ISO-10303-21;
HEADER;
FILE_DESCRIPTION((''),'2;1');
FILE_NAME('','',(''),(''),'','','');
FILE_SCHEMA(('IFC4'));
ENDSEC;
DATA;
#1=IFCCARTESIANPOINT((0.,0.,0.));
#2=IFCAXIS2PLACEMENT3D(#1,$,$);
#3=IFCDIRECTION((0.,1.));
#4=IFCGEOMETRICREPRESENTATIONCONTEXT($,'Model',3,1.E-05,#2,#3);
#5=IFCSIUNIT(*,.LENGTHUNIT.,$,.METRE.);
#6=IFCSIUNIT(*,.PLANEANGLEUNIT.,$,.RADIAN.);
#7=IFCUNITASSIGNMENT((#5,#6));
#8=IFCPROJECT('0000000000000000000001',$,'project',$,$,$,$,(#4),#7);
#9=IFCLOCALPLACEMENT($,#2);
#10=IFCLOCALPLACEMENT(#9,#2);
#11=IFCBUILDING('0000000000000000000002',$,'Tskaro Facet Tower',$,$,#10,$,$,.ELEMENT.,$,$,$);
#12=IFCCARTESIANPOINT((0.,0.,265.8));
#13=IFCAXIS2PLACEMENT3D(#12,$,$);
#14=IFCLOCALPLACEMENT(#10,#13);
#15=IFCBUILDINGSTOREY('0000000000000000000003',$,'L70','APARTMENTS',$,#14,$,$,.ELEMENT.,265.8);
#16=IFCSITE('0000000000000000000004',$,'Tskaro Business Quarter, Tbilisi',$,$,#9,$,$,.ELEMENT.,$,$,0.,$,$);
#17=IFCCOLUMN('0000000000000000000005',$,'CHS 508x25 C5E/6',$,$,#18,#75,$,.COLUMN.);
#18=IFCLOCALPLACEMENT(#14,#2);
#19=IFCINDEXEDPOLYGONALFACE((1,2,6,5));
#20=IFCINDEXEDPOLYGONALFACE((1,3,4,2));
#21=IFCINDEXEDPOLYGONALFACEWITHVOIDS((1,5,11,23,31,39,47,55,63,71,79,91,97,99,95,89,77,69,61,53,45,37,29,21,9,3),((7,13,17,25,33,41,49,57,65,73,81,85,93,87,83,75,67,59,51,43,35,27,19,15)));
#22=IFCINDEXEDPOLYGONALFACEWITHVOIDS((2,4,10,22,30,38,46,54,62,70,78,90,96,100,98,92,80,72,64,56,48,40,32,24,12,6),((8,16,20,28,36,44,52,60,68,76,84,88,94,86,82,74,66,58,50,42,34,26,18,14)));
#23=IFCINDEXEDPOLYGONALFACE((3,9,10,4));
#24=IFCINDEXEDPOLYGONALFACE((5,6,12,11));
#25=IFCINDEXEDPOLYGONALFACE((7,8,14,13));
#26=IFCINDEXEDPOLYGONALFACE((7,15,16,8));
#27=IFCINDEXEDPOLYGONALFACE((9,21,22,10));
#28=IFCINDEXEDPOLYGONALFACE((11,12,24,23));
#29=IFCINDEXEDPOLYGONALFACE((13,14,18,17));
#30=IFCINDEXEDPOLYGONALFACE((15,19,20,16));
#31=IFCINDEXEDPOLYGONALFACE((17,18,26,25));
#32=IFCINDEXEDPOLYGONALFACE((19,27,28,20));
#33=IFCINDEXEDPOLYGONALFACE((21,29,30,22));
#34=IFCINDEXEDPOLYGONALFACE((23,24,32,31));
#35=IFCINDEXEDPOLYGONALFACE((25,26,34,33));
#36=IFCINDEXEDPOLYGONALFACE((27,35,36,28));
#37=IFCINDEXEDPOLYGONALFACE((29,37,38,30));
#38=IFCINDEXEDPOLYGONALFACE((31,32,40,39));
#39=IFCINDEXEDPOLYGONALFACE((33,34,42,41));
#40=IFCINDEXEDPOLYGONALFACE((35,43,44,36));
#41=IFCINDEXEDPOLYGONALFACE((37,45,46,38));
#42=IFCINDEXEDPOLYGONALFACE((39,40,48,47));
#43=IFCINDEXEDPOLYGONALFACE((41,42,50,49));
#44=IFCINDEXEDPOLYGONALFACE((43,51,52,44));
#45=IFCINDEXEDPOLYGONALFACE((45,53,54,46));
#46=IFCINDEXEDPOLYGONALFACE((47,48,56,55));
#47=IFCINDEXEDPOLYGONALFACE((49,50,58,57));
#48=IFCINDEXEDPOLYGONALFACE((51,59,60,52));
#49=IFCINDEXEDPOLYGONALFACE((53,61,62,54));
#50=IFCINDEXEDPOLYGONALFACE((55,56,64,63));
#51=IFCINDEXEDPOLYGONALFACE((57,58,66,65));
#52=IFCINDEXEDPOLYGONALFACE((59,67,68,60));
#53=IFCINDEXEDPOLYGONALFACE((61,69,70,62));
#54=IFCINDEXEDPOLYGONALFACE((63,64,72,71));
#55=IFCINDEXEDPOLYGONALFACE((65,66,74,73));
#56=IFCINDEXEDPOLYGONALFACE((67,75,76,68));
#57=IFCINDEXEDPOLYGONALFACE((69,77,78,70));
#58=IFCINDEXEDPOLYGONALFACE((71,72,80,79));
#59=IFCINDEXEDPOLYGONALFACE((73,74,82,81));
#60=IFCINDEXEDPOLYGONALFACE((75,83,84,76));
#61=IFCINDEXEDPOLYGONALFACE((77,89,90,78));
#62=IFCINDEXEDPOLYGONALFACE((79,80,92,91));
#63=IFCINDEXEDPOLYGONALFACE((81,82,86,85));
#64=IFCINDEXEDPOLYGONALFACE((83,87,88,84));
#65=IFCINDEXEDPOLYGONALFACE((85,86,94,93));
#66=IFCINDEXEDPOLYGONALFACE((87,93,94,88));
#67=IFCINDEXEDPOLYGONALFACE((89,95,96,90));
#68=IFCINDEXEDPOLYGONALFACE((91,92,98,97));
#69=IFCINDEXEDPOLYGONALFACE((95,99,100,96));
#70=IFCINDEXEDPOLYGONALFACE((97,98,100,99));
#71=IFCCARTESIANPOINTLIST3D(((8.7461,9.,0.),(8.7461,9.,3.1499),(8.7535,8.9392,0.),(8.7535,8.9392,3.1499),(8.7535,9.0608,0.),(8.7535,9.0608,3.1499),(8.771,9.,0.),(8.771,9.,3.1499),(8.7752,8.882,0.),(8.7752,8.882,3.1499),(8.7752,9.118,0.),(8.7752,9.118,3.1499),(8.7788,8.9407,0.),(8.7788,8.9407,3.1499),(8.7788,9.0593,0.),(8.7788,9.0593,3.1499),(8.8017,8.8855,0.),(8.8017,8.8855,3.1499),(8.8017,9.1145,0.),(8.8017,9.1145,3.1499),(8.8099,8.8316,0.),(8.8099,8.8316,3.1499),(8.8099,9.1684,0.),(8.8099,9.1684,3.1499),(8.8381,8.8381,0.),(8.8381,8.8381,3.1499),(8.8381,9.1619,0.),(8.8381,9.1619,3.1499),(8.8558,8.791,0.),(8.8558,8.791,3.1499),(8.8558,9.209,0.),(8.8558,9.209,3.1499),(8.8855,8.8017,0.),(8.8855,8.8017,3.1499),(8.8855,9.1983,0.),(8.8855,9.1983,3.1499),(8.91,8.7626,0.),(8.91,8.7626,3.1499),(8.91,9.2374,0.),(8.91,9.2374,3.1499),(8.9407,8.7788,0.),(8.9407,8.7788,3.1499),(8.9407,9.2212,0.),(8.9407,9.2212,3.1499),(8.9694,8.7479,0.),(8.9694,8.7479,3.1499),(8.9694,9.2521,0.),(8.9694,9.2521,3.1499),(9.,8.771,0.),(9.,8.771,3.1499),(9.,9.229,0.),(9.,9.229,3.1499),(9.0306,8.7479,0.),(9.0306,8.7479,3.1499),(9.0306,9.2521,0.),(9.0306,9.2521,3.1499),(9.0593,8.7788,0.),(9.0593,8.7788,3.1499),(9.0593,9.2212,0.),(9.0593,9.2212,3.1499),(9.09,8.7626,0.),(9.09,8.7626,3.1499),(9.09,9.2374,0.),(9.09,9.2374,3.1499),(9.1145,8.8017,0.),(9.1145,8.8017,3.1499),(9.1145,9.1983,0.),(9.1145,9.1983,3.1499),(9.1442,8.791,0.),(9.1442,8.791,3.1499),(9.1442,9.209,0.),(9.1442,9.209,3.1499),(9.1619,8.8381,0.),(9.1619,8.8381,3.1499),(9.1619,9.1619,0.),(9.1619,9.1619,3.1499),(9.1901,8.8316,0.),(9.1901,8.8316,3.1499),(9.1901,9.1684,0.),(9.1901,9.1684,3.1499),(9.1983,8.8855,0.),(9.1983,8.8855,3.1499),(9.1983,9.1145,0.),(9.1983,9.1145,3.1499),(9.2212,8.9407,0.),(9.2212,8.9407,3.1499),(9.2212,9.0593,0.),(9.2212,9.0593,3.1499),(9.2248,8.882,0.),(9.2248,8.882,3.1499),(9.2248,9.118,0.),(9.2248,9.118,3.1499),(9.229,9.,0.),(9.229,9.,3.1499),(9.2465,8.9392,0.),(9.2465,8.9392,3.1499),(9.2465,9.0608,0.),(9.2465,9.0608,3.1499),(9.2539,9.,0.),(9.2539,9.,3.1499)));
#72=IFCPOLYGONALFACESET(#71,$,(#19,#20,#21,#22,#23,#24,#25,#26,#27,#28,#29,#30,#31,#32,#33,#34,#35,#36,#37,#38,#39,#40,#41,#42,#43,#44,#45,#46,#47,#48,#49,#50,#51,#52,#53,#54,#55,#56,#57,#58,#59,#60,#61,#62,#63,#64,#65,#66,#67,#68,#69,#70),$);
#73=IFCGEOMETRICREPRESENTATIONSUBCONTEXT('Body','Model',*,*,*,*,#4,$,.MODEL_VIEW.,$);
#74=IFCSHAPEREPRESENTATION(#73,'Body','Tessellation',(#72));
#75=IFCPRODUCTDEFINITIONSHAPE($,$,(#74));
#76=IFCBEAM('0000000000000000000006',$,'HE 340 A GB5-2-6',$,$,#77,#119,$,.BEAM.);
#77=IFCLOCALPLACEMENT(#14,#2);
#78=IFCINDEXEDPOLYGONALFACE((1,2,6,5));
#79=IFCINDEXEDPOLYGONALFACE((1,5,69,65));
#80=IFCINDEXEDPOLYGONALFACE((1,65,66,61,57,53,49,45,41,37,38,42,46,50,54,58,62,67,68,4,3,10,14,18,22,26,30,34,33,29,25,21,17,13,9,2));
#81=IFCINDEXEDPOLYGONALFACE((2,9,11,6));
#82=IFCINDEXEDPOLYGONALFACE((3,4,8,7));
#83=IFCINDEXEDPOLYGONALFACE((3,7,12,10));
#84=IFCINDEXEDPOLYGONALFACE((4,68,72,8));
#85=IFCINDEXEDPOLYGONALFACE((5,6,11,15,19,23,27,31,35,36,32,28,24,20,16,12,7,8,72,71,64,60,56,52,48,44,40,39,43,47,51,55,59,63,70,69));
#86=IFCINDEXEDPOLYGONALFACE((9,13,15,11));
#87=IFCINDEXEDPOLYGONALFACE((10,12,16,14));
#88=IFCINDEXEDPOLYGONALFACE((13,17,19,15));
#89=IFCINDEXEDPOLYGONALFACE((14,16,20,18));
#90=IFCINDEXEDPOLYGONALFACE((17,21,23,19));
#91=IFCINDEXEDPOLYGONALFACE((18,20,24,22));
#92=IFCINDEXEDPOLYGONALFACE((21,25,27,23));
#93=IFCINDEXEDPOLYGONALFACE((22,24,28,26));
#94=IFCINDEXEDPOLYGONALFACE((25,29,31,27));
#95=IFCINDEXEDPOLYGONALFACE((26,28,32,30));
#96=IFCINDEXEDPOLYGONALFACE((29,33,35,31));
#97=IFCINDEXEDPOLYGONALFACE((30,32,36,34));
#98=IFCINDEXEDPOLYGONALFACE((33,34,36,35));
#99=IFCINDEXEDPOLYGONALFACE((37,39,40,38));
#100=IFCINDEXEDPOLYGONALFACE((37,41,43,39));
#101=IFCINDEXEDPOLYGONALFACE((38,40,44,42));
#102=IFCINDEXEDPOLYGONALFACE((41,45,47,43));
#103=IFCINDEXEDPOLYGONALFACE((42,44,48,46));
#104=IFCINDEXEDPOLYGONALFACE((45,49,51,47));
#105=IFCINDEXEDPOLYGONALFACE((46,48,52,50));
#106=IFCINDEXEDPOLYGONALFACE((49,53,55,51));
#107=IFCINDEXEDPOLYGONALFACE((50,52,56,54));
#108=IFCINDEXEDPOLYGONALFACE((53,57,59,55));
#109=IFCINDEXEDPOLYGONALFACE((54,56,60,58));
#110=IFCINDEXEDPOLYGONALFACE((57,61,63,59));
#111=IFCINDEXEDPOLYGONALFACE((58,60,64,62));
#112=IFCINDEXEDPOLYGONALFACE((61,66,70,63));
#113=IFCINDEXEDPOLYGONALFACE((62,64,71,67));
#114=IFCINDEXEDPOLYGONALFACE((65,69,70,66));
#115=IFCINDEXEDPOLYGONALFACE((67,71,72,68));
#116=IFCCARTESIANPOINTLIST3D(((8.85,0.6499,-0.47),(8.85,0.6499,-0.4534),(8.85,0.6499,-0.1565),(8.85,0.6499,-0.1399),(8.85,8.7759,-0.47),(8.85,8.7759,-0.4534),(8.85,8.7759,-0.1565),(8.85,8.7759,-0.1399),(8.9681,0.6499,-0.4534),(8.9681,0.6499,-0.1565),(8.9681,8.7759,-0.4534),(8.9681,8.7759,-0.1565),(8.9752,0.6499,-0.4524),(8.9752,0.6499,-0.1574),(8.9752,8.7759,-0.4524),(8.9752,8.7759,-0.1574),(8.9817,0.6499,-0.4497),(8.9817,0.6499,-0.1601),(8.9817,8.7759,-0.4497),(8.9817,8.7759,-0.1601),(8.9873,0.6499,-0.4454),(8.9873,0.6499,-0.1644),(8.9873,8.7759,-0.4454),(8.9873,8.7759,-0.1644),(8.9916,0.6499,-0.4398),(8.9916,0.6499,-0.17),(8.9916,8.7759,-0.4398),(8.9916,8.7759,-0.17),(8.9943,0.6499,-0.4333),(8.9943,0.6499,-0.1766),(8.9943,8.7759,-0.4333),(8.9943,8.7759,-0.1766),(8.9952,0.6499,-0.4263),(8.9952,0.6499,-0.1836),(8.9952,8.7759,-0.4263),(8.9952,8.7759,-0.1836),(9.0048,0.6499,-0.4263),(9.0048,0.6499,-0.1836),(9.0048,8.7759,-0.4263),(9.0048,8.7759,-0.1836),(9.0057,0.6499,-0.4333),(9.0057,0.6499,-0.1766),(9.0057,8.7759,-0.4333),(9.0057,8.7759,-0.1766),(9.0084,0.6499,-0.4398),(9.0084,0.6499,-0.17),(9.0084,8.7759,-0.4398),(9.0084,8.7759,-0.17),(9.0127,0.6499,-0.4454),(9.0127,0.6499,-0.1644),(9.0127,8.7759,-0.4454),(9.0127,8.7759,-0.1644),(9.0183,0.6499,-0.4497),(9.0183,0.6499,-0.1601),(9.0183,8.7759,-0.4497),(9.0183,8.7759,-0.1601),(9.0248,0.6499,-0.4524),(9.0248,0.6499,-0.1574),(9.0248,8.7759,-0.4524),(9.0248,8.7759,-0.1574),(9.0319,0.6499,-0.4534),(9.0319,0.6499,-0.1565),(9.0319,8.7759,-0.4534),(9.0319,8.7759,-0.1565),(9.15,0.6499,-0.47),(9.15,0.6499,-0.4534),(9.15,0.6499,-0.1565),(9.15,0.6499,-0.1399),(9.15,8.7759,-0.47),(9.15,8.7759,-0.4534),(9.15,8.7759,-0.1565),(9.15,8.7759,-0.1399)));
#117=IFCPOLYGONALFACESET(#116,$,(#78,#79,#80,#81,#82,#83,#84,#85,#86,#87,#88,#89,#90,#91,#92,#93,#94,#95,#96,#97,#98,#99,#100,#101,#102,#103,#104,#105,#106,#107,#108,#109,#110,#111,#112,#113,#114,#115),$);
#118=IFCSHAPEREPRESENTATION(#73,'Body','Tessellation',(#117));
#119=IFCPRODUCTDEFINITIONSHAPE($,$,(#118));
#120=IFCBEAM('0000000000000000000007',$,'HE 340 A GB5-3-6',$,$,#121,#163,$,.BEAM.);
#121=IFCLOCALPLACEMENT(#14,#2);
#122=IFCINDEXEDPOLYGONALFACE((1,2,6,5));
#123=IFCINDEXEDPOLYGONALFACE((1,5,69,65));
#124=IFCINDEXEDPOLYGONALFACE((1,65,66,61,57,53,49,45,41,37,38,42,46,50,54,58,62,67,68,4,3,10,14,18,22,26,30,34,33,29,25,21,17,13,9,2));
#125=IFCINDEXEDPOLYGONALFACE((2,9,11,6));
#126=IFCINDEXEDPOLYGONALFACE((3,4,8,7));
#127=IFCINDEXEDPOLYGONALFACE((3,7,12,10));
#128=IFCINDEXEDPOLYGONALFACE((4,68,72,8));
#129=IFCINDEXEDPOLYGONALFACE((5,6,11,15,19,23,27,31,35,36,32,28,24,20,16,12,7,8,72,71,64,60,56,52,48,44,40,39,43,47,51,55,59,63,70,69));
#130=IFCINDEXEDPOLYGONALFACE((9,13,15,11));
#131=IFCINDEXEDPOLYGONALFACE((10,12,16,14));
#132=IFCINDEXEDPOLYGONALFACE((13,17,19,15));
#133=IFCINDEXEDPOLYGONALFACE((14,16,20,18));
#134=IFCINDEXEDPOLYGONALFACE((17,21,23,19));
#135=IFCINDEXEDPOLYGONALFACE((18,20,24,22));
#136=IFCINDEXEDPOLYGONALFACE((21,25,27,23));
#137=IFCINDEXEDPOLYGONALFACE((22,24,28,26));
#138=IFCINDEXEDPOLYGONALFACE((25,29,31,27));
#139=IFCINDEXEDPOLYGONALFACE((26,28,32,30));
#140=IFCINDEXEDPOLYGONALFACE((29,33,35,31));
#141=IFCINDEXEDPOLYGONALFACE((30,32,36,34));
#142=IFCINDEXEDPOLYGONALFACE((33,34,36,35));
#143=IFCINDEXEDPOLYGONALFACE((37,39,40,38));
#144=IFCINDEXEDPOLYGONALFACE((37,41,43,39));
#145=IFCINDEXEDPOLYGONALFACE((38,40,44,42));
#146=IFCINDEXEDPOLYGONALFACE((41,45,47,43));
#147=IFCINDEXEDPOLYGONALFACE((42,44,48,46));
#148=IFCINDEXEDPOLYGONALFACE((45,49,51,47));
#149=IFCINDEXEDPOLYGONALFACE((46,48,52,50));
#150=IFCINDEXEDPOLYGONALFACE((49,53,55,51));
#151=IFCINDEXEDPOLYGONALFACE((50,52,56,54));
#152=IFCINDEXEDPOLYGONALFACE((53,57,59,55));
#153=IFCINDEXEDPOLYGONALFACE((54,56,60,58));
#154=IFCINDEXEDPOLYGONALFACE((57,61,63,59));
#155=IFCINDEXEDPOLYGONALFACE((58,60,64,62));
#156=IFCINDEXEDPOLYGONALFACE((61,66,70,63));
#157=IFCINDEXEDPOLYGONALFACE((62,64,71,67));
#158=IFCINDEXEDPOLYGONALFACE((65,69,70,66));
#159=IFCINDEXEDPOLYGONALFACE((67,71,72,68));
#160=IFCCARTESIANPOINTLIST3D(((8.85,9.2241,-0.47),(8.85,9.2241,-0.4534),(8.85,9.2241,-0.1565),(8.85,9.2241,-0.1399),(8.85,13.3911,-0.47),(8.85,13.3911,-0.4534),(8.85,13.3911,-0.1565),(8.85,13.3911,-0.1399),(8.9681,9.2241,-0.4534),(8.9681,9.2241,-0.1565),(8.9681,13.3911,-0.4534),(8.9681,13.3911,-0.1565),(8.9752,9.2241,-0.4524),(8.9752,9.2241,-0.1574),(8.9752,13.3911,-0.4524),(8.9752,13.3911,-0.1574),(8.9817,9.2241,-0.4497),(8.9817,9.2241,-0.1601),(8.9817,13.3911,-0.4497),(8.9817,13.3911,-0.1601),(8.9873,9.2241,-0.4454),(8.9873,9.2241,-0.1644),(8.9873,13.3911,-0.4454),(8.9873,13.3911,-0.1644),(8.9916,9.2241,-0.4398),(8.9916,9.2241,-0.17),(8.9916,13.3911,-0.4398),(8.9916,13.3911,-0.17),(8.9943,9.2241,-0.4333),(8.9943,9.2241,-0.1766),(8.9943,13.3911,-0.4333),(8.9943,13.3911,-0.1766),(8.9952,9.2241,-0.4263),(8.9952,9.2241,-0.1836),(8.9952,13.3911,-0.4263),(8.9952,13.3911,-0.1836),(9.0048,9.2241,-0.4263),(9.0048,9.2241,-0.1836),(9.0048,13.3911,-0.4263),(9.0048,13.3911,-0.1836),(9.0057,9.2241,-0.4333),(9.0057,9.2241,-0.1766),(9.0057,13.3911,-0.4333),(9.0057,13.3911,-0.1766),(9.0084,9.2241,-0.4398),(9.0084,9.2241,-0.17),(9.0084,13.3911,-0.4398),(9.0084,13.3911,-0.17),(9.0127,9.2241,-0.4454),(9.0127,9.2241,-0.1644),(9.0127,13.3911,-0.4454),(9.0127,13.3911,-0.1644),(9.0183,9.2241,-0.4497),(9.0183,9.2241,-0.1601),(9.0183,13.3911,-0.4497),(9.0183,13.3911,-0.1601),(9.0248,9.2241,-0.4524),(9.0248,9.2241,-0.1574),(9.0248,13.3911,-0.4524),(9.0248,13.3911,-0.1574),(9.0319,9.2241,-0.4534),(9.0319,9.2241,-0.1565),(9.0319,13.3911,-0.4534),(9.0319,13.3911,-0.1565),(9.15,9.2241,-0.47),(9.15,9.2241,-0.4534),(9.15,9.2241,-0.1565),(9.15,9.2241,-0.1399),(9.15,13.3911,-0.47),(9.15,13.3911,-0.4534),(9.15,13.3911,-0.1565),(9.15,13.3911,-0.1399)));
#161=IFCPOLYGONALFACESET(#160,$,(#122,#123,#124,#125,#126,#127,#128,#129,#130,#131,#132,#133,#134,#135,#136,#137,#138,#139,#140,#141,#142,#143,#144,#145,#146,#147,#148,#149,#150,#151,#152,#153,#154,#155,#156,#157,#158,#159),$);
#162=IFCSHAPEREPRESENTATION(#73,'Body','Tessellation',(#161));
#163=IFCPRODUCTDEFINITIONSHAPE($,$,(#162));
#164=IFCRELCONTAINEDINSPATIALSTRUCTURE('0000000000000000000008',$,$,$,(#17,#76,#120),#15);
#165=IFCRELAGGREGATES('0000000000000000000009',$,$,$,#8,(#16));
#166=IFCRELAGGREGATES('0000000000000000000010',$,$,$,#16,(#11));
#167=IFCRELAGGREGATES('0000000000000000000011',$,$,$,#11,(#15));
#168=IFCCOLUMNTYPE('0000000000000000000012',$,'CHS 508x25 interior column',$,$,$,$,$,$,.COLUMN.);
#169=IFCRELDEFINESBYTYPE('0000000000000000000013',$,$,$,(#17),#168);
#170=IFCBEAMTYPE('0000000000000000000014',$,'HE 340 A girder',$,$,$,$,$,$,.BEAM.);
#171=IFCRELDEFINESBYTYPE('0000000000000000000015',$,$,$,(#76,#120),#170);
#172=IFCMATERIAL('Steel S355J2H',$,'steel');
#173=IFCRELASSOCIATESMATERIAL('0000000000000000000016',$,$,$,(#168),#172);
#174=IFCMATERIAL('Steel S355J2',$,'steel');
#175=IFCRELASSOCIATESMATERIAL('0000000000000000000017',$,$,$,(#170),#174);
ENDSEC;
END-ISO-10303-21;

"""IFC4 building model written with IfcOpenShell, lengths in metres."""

from ifc_helpers import new_model, si_unit, direction, frame, origin, origin_2d, place, context, subcontext, project, spatial, hollow_circle, i_section, extrude, material, material_profile, profile_set, type_object, element, save


model = new_model("IFC4")

# Units and contexts
model_context = context("Model", 3, precision=1e-05, world=origin(), true_north=direction((0.0, 1.0)))
body_context = subcontext(model_context, "Body", "Model", "MODEL_VIEW")
ifc_project = project(units=[si_unit("LENGTHUNIT", "METRE"), si_unit("PLANEANGLEUNIT", "RADIAN")], contexts=[model_context])

# Site, building, storey
site_placement = place(None, origin())
site = spatial("IfcSite", under=ifc_project, at=site_placement, Name="Tskaro Business Quarter, Tbilisi", CompositionType="ELEMENT", RefElevation=0.0)
building_placement = place(site_placement, origin())
building = spatial("IfcBuilding", under=site, at=building_placement, Name="Tskaro Facet Tower", CompositionType="ELEMENT")
storey_placement = place(building_placement, frame((0.0, 0.0, 265.8)))
storey = spatial("IfcBuildingStorey", under=building, at=storey_placement, Name="L70", Description="APARTMENTS", CompositionType="ELEMENT", Elevation=265.8)

# Column
ifc_material_1 = material(Name="Steel S355J2H", Category="steel")
ifc_material_profile_1 = material_profile(ifc_material_1, hollow_circle(Radius=0.2539, WallThickness=0.0249, at=origin_2d()), Name="CHS 508x25")
ifc_profile_set_1 = profile_set([ifc_material_profile_1], Name="Steel S355J2H")
column_type = type_object("IfcColumnType", Name="CHS 508x25 interior column", PredefinedType="COLUMN", material=ifc_profile_set_1)
column_placement = place(storey_placement, frame((9.0, 9.0, 0.0), z_axis=(0.0, 0.0, 1.0), x_axis=(1.0, 0.0, 0.0)))
element("IfcColumn", 1, at=column_placement, inside=storey, type_object=column_type, Name="CHS 508x25 C5E/6", PredefinedType="COLUMN", context=body_context, shape_type="SweptSolid", body=[
    extrude(hollow_circle(Radius=0.2539, WallThickness=0.0249, at=origin_2d()), origin(), (0.0, 0.0, 1.0), 3.1499),
])

# Beams
ifc_material_2 = material(Name="Steel S355J2", Category="steel")
ifc_material_profile_2 = material_profile(ifc_material_2, i_section(OverallWidth=0.3, OverallDepth=0.3301, WebThickness=0.0095, FlangeThickness=0.0166, FilletRadius=0.0271, at=origin_2d()), Name="HE 340 A")
ifc_profile_set_2 = profile_set([ifc_material_profile_2], Name="Steel S355J2")
beam_type_1 = type_object("IfcBeamType", Name="HE 340 A girder", PredefinedType="BEAM", material=ifc_profile_set_2)
beam_1_placement = place(storey_placement, frame((9.0, 0.6499, -0.3049), z_axis=(0.0, 1.0, 0.0), x_axis=(-1.0, 0.0, 0.0)))
element("IfcBeam", 2, at=beam_1_placement, inside=storey, type_object=beam_type_1, Name="HE 340 A GB5-2-6", PredefinedType="BEAM", context=body_context, shape_type="SweptSolid", body=[
    extrude(i_section(OverallWidth=0.3, OverallDepth=0.3301, WebThickness=0.0095, FlangeThickness=0.0166, FilletRadius=0.0271, at=origin_2d()), origin(), (0.0, 0.0, 1.0), 8.126),
])
beam_2_placement = place(storey_placement, frame((9.0, 9.2241, -0.3049), z_axis=(0.0, 1.0, 0.0), x_axis=(-1.0, 0.0, 0.0)))
element("IfcBeam", 3, at=beam_2_placement, inside=storey, type_object=beam_type_1, Name="HE 340 A GB5-3-6", PredefinedType="BEAM", context=body_context, shape_type="SweptSolid", body=[
    extrude(i_section(OverallWidth=0.3, OverallDepth=0.3301, WebThickness=0.0095, FlangeThickness=0.0166, FilletRadius=0.0271, at=origin_2d()), origin(), (0.0, 0.0, 1.0), 4.167),
])

save(model, "model.ifc")
